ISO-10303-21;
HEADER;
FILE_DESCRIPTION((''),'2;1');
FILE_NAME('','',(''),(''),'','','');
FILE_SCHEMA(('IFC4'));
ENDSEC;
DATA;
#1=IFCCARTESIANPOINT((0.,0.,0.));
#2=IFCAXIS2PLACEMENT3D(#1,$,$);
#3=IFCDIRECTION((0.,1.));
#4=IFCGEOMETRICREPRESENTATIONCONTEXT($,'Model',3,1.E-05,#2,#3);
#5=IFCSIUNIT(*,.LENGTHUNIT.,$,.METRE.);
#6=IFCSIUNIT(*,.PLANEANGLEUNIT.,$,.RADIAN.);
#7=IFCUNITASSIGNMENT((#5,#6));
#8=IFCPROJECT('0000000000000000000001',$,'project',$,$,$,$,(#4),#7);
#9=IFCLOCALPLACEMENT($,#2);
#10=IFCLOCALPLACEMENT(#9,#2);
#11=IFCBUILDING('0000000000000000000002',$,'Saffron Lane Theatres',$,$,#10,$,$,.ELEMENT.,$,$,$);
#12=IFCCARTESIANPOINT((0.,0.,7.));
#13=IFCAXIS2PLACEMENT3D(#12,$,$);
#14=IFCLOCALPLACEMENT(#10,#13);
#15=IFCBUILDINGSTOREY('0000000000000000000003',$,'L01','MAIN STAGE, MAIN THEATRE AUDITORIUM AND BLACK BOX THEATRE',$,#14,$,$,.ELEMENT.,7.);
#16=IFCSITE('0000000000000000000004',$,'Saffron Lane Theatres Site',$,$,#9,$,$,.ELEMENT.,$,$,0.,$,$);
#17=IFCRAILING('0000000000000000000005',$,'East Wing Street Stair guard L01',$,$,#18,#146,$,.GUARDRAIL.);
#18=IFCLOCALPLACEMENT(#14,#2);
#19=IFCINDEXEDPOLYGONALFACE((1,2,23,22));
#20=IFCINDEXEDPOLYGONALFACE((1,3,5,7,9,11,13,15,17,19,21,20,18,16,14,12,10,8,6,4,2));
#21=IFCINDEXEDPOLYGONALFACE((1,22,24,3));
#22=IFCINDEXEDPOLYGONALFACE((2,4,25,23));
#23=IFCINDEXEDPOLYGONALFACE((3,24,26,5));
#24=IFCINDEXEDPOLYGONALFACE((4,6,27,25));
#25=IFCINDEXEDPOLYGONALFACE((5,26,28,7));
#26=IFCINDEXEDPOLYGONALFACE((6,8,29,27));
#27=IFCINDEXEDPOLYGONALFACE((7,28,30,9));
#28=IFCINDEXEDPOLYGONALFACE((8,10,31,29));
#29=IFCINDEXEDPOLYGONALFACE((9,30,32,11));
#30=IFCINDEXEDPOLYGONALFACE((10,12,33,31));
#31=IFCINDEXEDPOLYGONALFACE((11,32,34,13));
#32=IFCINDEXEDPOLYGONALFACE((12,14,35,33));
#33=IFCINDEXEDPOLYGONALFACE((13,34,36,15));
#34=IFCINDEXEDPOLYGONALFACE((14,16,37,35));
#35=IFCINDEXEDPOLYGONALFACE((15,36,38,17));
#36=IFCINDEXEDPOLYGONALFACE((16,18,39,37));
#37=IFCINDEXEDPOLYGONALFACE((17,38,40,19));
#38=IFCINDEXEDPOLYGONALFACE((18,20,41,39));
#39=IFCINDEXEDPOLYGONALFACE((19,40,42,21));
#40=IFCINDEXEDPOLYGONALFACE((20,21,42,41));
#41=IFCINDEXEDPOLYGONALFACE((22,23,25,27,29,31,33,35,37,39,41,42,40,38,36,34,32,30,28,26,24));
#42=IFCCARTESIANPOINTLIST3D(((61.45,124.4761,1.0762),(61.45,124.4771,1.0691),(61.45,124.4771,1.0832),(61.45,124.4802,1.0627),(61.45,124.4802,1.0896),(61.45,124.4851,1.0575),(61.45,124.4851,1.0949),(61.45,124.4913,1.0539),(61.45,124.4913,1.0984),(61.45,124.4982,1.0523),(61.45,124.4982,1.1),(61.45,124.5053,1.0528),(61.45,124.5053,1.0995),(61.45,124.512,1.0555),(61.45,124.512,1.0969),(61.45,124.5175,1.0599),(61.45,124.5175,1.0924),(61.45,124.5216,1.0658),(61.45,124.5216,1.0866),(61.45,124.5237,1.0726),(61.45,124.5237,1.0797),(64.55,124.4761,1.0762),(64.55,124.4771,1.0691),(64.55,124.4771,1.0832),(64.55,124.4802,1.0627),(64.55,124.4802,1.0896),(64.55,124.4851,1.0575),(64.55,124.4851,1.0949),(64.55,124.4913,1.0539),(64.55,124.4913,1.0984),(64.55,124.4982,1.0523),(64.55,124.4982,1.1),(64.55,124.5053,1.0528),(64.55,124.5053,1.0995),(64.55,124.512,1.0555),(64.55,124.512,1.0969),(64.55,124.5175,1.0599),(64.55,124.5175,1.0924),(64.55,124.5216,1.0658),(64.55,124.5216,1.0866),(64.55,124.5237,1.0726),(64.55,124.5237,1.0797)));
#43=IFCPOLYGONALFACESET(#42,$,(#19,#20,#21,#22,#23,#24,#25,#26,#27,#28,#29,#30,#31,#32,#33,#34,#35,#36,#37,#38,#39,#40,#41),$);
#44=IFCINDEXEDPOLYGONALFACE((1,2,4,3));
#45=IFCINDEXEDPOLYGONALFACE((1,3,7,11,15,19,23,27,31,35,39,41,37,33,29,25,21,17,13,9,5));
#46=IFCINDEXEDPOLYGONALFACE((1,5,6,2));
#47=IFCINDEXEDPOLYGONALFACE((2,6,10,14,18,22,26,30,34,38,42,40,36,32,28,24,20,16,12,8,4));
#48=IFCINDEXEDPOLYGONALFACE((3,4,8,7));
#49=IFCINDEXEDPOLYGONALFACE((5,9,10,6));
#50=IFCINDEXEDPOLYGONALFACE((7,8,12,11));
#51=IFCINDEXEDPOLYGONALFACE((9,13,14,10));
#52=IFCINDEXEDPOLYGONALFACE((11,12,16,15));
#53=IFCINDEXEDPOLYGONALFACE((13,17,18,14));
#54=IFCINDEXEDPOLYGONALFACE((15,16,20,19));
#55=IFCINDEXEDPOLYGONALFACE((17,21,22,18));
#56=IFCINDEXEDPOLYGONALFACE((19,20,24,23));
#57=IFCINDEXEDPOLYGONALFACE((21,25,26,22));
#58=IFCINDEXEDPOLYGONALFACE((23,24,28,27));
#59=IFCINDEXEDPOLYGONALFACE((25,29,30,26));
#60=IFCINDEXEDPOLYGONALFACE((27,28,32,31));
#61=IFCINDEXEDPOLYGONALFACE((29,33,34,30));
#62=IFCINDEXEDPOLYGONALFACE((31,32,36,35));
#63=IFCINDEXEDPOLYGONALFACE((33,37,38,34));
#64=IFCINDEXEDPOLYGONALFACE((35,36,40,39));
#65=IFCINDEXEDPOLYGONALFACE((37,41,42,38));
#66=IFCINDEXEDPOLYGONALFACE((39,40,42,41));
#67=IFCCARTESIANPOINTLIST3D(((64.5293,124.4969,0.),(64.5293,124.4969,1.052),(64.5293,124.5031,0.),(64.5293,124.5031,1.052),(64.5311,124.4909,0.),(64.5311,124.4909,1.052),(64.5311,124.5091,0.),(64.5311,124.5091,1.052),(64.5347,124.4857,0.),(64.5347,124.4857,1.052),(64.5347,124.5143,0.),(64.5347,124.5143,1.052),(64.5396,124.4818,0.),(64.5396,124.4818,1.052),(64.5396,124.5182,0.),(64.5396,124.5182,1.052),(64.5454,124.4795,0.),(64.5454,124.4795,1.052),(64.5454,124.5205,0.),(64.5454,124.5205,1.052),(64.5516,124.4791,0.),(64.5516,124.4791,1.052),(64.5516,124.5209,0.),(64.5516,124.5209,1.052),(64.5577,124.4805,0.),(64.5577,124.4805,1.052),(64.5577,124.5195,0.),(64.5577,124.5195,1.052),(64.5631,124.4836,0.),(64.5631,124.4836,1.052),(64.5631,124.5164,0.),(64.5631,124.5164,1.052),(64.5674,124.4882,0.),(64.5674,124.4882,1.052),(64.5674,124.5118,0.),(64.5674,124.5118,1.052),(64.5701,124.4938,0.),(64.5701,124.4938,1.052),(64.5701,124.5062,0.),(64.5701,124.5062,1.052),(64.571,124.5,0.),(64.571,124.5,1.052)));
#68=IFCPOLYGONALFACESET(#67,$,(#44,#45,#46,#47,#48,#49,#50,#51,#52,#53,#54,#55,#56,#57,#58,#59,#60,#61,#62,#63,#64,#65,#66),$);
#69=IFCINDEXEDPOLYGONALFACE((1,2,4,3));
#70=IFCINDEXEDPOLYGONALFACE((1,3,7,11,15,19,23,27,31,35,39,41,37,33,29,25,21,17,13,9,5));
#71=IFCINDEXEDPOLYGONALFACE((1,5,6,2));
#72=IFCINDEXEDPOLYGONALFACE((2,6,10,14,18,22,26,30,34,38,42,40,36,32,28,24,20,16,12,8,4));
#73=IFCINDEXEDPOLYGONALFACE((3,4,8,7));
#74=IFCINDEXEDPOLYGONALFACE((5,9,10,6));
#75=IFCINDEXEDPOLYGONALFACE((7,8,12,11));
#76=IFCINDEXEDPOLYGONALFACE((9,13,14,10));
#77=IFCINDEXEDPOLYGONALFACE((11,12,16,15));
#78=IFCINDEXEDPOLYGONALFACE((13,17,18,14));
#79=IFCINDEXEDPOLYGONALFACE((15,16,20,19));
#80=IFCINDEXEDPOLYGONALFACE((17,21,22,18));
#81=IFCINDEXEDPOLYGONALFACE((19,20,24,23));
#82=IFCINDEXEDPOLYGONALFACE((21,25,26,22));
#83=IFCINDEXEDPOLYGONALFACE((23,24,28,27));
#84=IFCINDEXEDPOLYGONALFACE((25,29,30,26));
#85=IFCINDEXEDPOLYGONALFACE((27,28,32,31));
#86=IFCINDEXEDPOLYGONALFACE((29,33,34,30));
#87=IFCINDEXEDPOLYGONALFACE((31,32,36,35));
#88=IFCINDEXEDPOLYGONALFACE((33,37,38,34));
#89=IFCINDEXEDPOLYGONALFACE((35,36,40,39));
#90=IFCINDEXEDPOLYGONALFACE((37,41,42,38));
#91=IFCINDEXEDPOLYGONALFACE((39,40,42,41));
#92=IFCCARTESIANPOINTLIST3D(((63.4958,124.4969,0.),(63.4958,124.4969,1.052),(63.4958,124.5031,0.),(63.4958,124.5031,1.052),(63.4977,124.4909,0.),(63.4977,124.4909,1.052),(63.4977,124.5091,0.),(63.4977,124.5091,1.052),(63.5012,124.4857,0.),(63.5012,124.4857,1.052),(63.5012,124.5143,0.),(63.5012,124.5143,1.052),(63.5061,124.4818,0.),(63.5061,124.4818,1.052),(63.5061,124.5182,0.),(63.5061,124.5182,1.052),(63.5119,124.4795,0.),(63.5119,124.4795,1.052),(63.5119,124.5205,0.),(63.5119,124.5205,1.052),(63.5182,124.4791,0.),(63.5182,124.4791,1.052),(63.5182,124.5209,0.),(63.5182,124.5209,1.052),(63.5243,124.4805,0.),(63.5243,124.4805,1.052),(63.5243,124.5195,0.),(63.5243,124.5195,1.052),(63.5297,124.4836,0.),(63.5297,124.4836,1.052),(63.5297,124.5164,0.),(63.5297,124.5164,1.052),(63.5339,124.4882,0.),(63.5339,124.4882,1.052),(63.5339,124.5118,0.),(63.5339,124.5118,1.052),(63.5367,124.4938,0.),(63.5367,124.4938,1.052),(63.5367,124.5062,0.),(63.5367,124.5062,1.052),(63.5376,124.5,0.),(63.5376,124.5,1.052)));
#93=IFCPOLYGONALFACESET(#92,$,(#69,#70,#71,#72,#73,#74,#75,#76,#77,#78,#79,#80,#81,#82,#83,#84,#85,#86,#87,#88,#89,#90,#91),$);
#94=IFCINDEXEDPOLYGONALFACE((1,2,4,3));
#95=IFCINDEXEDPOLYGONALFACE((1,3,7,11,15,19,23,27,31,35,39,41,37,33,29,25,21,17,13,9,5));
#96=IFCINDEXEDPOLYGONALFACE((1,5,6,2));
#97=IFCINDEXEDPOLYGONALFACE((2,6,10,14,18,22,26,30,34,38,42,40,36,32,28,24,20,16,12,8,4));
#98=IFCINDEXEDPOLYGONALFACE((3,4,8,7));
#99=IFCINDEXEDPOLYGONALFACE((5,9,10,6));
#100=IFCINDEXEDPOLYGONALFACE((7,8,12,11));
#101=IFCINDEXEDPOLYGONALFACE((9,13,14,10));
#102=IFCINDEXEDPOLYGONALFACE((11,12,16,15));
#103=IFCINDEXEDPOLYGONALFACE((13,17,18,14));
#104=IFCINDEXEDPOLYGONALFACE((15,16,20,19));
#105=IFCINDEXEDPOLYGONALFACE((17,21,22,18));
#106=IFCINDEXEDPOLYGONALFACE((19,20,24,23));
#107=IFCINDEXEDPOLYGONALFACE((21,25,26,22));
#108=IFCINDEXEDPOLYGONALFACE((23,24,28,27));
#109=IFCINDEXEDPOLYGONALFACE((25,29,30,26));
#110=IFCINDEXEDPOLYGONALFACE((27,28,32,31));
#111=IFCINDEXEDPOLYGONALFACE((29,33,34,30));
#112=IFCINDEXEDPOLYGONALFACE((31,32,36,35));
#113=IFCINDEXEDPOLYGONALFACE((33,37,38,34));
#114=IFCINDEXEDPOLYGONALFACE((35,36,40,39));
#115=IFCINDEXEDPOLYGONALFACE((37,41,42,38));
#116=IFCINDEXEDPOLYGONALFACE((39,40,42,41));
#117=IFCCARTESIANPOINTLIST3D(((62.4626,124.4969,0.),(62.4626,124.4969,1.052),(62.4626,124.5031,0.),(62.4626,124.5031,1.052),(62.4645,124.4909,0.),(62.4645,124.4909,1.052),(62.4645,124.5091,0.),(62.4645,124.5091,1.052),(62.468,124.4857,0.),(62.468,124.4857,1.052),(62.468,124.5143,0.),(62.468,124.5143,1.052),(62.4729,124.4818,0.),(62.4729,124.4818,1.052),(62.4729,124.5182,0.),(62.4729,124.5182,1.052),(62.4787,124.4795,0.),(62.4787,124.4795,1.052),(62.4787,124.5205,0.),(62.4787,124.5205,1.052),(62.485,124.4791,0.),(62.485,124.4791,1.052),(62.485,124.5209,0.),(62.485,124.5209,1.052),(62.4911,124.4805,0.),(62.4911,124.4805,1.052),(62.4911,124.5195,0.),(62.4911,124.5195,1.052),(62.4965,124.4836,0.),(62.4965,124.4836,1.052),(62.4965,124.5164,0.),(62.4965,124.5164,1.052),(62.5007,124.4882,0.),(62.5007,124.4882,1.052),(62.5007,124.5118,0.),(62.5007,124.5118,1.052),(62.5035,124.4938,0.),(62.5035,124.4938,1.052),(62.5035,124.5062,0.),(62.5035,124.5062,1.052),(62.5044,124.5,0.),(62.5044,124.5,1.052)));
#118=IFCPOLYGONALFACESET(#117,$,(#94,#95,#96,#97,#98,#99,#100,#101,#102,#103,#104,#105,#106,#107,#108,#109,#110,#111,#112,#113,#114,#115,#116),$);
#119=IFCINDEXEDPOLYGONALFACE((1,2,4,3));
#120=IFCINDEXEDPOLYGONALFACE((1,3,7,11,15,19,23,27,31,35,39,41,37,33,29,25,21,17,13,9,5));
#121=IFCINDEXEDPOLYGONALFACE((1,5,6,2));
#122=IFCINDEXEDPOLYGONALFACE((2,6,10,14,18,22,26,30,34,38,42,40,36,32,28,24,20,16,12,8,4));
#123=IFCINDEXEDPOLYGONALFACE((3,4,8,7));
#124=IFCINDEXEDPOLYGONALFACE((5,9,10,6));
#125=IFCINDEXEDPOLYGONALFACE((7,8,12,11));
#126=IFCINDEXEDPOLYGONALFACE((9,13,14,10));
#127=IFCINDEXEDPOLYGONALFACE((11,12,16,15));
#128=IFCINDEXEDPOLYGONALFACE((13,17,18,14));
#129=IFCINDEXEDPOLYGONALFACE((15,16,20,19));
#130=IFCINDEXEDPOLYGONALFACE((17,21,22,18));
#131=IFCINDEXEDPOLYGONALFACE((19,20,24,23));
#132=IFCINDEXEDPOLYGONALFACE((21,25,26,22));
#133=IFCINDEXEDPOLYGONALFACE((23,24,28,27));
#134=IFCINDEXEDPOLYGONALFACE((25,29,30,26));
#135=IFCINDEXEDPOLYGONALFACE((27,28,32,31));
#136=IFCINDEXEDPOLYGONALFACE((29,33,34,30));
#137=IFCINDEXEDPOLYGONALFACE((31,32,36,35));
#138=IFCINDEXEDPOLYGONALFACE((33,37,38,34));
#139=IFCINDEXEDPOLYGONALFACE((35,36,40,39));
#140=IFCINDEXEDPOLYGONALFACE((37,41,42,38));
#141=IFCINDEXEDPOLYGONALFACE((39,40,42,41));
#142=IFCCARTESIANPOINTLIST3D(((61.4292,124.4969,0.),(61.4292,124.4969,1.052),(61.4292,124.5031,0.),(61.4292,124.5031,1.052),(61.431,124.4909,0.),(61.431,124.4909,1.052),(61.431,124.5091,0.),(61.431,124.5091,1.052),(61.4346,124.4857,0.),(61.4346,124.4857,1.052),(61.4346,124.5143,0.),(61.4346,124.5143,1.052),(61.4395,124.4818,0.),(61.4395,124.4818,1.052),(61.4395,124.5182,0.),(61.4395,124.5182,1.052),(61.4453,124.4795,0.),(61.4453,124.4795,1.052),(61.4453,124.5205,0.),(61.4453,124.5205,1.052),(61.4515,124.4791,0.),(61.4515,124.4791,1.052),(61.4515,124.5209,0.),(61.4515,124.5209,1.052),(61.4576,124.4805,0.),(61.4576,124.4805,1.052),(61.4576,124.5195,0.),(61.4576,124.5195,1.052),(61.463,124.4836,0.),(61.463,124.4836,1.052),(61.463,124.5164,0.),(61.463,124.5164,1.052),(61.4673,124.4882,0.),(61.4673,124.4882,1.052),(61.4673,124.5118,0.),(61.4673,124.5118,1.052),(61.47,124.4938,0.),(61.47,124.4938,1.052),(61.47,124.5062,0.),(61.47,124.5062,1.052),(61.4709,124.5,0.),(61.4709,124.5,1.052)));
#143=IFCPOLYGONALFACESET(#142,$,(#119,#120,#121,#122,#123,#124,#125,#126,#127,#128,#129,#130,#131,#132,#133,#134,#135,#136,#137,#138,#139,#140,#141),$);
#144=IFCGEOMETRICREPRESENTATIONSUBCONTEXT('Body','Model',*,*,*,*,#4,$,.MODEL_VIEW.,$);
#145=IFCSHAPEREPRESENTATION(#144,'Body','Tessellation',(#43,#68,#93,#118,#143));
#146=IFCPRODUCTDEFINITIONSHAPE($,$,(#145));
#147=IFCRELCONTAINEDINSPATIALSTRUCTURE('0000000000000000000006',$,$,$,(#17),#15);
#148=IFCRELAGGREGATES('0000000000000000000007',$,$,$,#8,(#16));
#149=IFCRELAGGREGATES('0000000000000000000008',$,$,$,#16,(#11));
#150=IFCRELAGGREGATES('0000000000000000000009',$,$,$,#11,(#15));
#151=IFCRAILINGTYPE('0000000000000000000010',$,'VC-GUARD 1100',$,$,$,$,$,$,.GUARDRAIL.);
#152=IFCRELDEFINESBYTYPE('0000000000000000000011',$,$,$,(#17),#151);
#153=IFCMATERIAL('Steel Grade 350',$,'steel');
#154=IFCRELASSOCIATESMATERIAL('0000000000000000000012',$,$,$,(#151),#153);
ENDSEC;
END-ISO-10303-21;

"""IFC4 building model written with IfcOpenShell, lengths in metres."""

from ifc_helpers import new_model, si_unit, direction, frame, origin, origin_2d, place, context, subcontext, project, spatial, circle, extrude, material, type_object, element, save


model = new_model("IFC4")

# Units and contexts
model_context = context("Model", 3, precision=1e-05, world=origin(), true_north=direction((0.0, 1.0)))
body_context = subcontext(model_context, "Body", "Model", "MODEL_VIEW")
ifc_project = project(units=[si_unit("LENGTHUNIT", "METRE"), si_unit("PLANEANGLEUNIT", "RADIAN")], contexts=[model_context])

# Site, building, storey
site_placement = place(None, origin())
site = spatial("IfcSite", under=ifc_project, at=site_placement, Name="Saffron Lane Theatres Site", CompositionType="ELEMENT", RefElevation=0.0)
building_placement = place(site_placement, origin())
building = spatial("IfcBuilding", under=site, at=building_placement, Name="Saffron Lane Theatres", CompositionType="ELEMENT")
storey_placement = place(building_placement, frame((0.0, 0.0, 7.0)))
storey = spatial("IfcBuildingStorey", under=building, at=storey_placement, Name="L01", Description="MAIN STAGE, MAIN THEATRE AUDITORIUM AND BLACK BOX THEATRE", CompositionType="ELEMENT", Elevation=7.0)

# Railing
ifc_material_1 = material(Name="Steel Grade 350", Category="steel")
railing_type_1 = type_object("IfcRailingType", Name="VC-GUARD 1100", PredefinedType="GUARDRAIL", material=ifc_material_1)
railing_1_placement = place(storey_placement, frame((64.55, 124.5, 0.0)))
element("IfcRailing", 1, at=railing_1_placement, inside=storey, type_object=railing_type_1, Name="East Wing Street Stair guard L01", PredefinedType="GUARDRAIL", context=body_context, shape_type="SweptSolid", body=[
    extrude(circle(Radius=0.0239, at=origin_2d()), frame((0.0, 0.0, 1.0762), z_axis=(-1.0, 0.0, 0.0), x_axis=(0.0, -1.0, 0.0)), (0.0, 0.0, 1.0), 3.1001),
    extrude(circle(Radius=0.021, at=origin_2d()), origin(), (0.0, 0.0, 1.0), 1.052),
    extrude(circle(Radius=0.021, at=origin_2d()), frame((-1.0334, 0.0, 0.0)), (0.0, 0.0, 1.0), 1.052),
    extrude(circle(Radius=0.021, at=origin_2d()), frame((-2.0667, 0.0, 0.0)), (0.0, 0.0, 1.0), 1.052),
    extrude(circle(Radius=0.021, at=origin_2d()), frame((-3.1001, 0.0, 0.0)), (0.0, 0.0, 1.0), 1.052),
])

save(model, "model.ifc")
